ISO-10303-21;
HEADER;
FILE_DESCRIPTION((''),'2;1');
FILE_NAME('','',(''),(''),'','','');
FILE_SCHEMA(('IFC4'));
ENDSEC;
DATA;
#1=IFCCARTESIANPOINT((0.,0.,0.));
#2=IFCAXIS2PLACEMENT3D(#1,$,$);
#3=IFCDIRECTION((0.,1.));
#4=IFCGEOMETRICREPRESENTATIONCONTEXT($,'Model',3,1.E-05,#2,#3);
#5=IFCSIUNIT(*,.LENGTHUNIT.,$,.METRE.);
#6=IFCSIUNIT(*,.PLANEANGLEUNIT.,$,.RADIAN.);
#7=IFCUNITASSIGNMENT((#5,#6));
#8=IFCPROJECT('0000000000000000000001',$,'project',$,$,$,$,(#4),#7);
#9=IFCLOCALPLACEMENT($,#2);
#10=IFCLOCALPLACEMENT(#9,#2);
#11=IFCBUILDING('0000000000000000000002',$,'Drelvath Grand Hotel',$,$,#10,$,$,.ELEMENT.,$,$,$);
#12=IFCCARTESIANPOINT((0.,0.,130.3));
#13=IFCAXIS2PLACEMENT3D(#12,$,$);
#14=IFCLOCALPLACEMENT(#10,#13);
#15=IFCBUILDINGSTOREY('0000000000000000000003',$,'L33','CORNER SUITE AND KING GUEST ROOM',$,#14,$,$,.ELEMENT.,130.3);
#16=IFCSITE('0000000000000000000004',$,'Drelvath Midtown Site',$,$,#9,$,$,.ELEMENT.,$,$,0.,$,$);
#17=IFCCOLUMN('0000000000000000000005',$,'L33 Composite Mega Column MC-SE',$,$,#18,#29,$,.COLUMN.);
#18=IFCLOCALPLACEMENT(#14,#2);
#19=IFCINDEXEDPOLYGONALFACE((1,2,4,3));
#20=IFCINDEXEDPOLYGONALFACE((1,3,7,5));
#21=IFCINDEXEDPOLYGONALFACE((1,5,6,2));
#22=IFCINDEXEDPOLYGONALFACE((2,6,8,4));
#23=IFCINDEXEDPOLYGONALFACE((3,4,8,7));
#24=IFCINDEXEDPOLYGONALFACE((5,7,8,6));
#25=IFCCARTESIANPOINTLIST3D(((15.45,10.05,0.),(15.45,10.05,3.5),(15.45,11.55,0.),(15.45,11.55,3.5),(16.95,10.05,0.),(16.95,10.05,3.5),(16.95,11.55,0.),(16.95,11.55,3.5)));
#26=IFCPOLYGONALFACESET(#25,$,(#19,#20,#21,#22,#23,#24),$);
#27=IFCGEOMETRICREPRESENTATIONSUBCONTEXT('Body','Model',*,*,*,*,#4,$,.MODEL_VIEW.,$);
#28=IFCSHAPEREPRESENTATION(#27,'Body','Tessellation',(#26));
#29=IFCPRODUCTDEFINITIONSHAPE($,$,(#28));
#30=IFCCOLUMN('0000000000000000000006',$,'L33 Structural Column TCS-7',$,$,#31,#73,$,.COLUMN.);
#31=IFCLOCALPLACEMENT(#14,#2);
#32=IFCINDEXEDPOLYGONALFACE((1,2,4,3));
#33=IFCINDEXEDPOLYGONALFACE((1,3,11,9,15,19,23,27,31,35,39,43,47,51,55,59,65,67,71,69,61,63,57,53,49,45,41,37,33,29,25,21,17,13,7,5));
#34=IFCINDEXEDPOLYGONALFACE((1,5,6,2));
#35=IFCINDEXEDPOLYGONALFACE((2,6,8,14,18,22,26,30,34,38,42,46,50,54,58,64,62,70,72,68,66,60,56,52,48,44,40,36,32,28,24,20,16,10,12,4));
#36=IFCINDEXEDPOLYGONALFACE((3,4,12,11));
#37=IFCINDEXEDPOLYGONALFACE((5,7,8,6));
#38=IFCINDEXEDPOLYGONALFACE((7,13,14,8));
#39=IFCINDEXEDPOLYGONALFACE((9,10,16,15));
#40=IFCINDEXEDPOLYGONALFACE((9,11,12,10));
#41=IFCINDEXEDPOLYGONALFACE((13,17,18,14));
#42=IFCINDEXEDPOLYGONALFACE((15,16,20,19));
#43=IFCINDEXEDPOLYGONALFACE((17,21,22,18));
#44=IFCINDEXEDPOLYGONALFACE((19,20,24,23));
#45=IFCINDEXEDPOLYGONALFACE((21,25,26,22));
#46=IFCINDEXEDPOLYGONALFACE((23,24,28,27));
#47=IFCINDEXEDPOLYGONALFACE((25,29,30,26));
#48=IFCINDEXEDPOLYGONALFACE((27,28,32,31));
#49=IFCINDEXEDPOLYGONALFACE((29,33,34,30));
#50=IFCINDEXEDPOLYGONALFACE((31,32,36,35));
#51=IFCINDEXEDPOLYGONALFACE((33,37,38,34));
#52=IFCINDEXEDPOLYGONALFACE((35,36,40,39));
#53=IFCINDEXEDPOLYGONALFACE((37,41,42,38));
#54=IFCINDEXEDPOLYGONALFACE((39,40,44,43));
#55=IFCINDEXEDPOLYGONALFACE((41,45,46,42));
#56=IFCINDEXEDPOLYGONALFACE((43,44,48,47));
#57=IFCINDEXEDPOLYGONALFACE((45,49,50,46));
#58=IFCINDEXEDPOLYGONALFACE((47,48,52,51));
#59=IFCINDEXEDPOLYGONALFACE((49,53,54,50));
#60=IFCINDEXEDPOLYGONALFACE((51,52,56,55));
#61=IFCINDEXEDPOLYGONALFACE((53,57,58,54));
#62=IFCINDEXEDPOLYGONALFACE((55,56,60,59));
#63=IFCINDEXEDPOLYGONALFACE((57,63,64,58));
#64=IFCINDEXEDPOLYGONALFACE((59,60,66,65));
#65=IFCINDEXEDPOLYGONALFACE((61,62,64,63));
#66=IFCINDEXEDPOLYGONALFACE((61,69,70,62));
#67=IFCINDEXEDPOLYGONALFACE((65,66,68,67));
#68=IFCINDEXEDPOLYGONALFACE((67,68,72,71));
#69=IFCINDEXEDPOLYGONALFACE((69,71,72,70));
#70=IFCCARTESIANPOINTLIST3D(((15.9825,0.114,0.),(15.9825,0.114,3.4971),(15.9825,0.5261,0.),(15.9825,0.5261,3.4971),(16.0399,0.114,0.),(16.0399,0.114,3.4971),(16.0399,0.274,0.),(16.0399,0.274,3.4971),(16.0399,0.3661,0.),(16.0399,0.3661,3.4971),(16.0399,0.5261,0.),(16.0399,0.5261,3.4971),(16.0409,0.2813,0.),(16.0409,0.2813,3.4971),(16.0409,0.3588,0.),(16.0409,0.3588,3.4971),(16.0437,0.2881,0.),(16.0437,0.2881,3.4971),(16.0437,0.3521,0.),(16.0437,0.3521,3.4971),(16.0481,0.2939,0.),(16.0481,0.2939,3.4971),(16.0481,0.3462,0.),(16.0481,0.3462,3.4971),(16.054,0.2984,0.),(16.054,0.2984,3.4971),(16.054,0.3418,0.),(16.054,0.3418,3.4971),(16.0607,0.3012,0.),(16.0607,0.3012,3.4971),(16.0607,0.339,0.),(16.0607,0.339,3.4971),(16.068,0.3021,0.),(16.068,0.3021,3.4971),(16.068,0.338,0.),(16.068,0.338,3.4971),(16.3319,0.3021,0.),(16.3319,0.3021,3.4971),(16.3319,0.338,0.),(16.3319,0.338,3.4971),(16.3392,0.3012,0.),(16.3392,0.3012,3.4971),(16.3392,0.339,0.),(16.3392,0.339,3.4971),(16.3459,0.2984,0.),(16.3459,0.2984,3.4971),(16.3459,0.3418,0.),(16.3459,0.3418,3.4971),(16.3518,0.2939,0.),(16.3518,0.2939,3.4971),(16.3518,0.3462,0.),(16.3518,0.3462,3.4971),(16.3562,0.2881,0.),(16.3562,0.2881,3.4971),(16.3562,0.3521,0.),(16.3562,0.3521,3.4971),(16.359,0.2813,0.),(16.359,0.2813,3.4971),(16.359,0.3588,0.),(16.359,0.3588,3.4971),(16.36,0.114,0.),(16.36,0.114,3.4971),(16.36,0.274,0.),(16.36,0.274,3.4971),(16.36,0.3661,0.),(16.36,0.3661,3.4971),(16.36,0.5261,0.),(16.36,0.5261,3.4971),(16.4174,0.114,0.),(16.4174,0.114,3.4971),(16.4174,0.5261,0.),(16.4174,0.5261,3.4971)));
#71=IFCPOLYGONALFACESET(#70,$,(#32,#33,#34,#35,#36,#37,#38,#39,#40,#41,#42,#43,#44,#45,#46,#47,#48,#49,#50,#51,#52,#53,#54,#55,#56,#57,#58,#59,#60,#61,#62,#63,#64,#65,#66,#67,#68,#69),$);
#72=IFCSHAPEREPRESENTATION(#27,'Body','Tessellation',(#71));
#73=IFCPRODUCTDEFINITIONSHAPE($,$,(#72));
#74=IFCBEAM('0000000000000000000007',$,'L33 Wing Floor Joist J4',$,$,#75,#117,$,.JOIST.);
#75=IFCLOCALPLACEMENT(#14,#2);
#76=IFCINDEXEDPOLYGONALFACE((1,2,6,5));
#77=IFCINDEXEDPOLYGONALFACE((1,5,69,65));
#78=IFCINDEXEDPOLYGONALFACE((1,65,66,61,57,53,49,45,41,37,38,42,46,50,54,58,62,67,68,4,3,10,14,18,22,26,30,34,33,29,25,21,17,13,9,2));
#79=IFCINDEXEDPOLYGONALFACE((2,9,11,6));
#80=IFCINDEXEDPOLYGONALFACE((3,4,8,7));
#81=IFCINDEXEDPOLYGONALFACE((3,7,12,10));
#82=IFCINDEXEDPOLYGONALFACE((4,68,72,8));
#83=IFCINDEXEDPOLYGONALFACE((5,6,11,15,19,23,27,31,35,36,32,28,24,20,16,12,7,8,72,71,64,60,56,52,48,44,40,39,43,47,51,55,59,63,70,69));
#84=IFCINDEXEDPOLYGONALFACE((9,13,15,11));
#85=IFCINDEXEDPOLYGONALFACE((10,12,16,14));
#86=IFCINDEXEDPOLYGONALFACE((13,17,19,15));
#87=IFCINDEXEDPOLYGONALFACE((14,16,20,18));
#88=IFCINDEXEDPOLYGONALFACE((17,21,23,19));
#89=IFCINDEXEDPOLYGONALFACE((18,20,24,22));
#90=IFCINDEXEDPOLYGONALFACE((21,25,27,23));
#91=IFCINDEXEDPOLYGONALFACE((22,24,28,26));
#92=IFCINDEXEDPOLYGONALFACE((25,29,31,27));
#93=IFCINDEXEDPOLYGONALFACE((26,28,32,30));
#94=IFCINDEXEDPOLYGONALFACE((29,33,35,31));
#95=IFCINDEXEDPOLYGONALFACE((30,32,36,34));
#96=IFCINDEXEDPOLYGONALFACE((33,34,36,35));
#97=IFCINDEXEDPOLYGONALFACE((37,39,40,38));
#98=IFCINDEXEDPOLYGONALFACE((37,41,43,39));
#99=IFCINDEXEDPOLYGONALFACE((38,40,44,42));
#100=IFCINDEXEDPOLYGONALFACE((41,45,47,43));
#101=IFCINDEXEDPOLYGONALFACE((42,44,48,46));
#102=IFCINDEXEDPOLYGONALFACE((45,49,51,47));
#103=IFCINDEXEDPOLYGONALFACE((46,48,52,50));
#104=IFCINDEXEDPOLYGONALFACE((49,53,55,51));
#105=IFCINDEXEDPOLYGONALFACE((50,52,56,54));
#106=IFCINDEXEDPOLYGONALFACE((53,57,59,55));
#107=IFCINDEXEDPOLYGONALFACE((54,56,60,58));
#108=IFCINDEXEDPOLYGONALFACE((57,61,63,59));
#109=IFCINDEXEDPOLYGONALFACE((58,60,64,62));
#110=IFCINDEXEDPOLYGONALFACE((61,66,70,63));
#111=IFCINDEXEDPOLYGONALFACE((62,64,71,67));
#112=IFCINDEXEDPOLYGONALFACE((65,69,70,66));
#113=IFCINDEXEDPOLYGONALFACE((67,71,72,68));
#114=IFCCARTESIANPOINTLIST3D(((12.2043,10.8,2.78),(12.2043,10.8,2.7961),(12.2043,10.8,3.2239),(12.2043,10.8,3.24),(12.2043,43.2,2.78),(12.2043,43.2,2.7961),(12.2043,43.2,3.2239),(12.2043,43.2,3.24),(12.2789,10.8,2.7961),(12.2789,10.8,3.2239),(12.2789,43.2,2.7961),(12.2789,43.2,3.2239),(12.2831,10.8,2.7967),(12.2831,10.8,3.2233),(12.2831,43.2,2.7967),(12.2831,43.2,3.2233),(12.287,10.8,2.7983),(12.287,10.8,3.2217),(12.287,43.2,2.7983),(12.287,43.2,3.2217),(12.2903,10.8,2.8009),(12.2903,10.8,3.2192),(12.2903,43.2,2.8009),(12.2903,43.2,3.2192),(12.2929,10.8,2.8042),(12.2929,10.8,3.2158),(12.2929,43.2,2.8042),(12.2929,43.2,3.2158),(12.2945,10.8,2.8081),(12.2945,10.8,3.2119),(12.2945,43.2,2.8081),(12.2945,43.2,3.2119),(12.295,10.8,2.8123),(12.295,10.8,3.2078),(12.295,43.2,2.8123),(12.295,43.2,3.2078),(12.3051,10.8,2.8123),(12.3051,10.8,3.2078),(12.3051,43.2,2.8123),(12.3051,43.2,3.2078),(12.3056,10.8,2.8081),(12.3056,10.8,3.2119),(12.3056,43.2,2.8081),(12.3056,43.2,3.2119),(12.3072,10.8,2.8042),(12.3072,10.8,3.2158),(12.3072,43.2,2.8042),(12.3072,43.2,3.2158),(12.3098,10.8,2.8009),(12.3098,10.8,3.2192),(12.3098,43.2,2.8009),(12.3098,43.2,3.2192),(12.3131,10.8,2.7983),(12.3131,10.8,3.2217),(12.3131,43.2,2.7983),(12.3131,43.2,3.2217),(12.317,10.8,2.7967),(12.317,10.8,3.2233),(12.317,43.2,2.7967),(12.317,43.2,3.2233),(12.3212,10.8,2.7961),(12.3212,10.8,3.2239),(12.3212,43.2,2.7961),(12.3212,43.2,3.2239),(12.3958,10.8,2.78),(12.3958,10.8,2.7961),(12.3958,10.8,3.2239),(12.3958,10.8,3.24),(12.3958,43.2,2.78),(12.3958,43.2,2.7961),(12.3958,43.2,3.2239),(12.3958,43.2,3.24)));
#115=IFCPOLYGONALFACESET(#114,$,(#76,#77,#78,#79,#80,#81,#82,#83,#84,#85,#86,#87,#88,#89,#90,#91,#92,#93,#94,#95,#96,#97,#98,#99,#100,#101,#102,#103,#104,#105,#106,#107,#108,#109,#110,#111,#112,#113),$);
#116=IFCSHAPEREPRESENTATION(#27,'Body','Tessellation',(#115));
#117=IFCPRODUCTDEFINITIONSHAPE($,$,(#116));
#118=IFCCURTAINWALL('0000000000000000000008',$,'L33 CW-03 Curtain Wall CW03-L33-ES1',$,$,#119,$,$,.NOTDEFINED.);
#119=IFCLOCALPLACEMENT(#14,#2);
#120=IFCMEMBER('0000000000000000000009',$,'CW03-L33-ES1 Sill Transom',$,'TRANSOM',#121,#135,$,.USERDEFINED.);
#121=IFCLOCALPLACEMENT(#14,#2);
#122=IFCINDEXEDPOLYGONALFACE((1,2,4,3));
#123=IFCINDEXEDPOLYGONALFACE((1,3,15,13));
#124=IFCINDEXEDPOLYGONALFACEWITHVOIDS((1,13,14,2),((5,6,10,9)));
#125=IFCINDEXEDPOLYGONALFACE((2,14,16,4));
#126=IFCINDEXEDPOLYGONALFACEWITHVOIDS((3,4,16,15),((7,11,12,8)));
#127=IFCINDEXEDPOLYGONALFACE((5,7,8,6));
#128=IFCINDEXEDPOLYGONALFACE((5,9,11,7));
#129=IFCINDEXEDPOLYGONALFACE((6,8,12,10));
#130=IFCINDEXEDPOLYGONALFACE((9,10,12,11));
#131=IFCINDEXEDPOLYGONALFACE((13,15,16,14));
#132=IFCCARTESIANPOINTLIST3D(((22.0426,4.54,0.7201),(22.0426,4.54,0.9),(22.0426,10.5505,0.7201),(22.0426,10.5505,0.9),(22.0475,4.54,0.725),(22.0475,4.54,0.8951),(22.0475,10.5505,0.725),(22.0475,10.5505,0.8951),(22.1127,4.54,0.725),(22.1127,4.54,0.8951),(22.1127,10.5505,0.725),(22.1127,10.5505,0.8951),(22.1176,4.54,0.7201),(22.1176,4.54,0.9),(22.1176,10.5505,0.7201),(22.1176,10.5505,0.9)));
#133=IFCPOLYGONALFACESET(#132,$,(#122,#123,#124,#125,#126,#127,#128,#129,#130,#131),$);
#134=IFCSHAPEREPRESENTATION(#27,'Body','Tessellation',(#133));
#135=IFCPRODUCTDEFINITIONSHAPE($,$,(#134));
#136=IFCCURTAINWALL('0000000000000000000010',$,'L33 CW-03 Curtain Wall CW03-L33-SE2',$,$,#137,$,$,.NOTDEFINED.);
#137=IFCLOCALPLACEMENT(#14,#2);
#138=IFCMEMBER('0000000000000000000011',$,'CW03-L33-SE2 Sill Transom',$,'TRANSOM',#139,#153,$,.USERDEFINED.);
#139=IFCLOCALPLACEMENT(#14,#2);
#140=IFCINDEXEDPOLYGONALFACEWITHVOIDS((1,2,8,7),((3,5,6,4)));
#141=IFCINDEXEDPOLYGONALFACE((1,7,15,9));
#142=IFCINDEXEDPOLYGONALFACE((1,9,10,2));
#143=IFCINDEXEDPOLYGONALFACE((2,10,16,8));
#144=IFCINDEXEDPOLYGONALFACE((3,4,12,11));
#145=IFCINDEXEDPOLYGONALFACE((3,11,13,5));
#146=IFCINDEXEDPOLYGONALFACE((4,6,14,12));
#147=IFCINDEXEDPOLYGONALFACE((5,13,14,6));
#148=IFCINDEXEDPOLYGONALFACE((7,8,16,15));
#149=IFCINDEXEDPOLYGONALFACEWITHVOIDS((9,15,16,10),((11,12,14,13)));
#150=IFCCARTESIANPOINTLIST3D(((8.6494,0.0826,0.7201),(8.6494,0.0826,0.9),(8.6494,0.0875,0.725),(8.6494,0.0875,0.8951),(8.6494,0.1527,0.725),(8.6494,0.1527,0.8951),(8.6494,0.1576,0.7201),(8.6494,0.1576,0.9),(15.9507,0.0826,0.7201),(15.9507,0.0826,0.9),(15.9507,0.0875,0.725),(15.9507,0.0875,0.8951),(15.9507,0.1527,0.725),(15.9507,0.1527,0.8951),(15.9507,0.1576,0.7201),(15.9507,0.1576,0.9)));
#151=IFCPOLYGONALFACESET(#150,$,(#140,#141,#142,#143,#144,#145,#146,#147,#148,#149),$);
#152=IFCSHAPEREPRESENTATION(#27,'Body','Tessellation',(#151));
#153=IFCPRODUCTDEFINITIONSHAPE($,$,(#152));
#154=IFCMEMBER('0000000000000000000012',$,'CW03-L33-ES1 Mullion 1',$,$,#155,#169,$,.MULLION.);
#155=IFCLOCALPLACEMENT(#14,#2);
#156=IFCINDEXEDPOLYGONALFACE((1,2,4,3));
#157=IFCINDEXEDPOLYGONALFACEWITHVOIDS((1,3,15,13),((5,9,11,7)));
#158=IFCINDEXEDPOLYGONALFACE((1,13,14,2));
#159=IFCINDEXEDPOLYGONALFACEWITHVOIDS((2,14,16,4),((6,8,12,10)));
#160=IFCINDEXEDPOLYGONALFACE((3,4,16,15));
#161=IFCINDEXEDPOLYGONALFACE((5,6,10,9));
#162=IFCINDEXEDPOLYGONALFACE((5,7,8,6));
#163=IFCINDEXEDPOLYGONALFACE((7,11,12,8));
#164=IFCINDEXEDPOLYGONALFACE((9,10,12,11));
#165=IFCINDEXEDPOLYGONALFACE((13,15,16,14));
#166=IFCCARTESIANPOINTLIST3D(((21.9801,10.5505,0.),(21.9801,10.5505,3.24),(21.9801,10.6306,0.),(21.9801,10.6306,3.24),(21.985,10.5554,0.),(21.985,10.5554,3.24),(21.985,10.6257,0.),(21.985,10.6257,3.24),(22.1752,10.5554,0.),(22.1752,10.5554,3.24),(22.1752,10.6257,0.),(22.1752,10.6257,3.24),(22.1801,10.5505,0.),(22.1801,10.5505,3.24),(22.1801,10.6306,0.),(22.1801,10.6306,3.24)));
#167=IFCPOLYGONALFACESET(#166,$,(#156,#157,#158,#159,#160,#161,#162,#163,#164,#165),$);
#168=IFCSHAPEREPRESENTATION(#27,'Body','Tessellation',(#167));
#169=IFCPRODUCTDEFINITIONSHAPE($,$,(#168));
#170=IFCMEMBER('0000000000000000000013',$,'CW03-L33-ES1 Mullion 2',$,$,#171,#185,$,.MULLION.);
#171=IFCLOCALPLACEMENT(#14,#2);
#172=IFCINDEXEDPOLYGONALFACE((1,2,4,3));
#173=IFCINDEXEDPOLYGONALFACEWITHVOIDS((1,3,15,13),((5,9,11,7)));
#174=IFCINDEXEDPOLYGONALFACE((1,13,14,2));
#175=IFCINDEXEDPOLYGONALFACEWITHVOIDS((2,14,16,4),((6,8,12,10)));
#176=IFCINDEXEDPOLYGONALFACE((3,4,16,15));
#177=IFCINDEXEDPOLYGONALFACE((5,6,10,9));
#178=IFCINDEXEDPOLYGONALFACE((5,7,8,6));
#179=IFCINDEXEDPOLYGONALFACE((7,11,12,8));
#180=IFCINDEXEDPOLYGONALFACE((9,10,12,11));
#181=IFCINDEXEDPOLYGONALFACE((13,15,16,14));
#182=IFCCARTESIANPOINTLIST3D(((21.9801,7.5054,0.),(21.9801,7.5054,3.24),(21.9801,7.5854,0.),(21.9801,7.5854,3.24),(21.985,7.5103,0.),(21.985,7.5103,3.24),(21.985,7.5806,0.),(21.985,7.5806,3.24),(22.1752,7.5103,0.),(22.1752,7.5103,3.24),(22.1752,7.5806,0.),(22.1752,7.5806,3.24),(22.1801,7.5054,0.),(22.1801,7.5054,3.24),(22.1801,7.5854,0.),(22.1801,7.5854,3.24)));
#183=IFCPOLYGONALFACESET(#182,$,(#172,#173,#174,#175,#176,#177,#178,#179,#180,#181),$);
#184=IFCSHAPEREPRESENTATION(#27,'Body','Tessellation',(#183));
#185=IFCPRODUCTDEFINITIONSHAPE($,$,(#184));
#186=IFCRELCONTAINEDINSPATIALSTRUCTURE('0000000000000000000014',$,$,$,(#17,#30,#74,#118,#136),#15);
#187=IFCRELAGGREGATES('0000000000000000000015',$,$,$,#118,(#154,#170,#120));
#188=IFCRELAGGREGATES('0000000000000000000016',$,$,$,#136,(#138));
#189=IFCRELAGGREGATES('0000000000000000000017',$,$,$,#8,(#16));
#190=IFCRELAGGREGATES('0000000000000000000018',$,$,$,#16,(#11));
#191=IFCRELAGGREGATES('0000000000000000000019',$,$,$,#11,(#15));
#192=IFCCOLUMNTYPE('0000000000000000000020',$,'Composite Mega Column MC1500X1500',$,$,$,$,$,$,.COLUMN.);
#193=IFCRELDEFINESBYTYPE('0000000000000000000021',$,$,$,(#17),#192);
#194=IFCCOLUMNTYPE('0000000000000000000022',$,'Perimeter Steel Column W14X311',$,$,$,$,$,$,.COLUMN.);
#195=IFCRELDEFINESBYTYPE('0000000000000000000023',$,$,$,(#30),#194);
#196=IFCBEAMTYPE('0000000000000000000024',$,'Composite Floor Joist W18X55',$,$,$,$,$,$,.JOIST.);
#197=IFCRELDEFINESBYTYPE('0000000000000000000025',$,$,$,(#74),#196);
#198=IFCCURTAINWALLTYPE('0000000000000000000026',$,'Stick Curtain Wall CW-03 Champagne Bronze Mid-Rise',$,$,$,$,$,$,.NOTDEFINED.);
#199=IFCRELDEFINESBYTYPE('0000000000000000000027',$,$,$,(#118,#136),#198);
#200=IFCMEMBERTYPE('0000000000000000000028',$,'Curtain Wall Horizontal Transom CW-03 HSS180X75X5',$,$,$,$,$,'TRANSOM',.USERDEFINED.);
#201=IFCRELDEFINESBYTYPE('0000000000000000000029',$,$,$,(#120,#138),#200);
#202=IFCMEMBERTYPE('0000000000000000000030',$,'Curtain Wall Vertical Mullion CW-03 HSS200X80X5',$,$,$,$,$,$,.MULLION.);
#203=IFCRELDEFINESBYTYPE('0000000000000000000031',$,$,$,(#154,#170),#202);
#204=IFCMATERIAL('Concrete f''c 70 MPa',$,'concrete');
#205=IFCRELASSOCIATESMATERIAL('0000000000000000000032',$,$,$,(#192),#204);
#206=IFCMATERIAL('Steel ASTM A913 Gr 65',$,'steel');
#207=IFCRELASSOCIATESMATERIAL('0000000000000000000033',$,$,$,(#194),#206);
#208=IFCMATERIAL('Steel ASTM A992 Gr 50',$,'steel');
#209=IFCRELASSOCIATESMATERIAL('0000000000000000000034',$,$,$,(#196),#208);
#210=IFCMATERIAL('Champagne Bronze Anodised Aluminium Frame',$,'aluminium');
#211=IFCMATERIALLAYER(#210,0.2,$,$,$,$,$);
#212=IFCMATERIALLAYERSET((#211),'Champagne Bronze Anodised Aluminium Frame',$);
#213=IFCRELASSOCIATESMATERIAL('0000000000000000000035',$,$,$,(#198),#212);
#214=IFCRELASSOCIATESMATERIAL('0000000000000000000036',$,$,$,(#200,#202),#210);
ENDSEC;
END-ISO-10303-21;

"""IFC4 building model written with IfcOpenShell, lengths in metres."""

from ifc_helpers import new_model, si_unit, direction, frame, origin, origin_2d, place, context, subcontext, project, spatial, rectangle, hollow_rectangle, i_section, extrude, material, layer, layer_set, material_profile, profile_set, type_object, element, aggregate, save


model = new_model("IFC4")

# Units and contexts
model_context = context("Model", 3, precision=1e-05, world=origin(), true_north=direction((0.0, 1.0)))
body_context = subcontext(model_context, "Body", "Model", "MODEL_VIEW")
ifc_project = project(units=[si_unit("LENGTHUNIT", "METRE"), si_unit("PLANEANGLEUNIT", "RADIAN")], contexts=[model_context])

# Site, building, storey
site_placement = place(None, origin())
site = spatial("IfcSite", under=ifc_project, at=site_placement, Name="Drelvath Midtown Site", CompositionType="ELEMENT", RefElevation=0.0)
building_placement = place(site_placement, origin())
building = spatial("IfcBuilding", under=site, at=building_placement, Name="Drelvath Grand Hotel", CompositionType="ELEMENT")
storey_placement = place(building_placement, frame((0.0, 0.0, 130.3)))
storey = spatial("IfcBuildingStorey", under=building, at=storey_placement, Name="L33", Description="CORNER SUITE AND KING GUEST ROOM", CompositionType="ELEMENT", Elevation=130.3)

# Columns
ifc_material_1 = material(Name="Concrete f'c 70 MPa", Category="concrete")
ifc_material_profile_1 = material_profile(ifc_material_1, rectangle(XDim=1.5, YDim=1.5, at=origin_2d()), Name="MC1500X1500")
ifc_profile_set_1 = profile_set([ifc_material_profile_1], Name="Concrete f'c 70 MPa")
column_type_1 = type_object("IfcColumnType", Name="Composite Mega Column MC1500X1500", PredefinedType="COLUMN", material=ifc_profile_set_1)
column_1_placement = place(storey_placement, frame((16.2, 10.8, 0.0), z_axis=(0.0, 0.0, 1.0), x_axis=(1.0, 0.0, 0.0)))
element("IfcColumn", 1, at=column_1_placement, inside=storey, type_object=column_type_1, Name="L33 Composite Mega Column MC-SE", PredefinedType="COLUMN", context=body_context, shape_type="SweptSolid", body=[
    extrude(rectangle(XDim=1.5, YDim=1.5, at=origin_2d()), origin(), (0.0, 0.0, 1.0), 3.5),
])
ifc_material_2 = material(Name="Steel ASTM A913 Gr 65", Category="steel")
ifc_material_profile_2 = material_profile(ifc_material_2, i_section(OverallWidth=0.4121, OverallDepth=0.4348, WebThickness=0.0359, FlangeThickness=0.0574, FilletRadius=0.0281, at=origin_2d()), Name="W14X311")
ifc_profile_set_2 = profile_set([ifc_material_profile_2], Name="Steel ASTM A913 Gr 65")
column_type_2 = type_object("IfcColumnType", Name="Perimeter Steel Column W14X311", PredefinedType="COLUMN", material=ifc_profile_set_2)
column_2_placement = place(storey_placement, frame((16.2, 0.3201, 0.0), z_axis=(0.0, 0.0, 1.0), x_axis=(0.0, 1.0, 0.0)))
element("IfcColumn", 2, at=column_2_placement, inside=storey, type_object=column_type_2, Name="L33 Structural Column TCS-7", PredefinedType="COLUMN", context=body_context, shape_type="SweptSolid", body=[
    extrude(i_section(OverallWidth=0.4121, OverallDepth=0.4348, WebThickness=0.0359, FlangeThickness=0.0574, FilletRadius=0.0281, at=origin_2d()), origin(), (0.0, 0.0, 1.0), 3.4971),
])

# Beam
ifc_material_3 = material(Name="Steel ASTM A992 Gr 50", Category="steel")
ifc_material_profile_3 = material_profile(ifc_material_3, i_section(OverallWidth=0.1914, OverallDepth=0.46, WebThickness=0.01, FlangeThickness=0.0161, FilletRadius=0.0161, at=origin_2d()), Name="W18X55")
ifc_profile_set_3 = profile_set([ifc_material_profile_3], Name="Steel ASTM A992 Gr 50")
beam_type_1 = type_object("IfcBeamType", Name="Composite Floor Joist W18X55", PredefinedType="JOIST", material=ifc_profile_set_3)
beam_1_placement = place(storey_placement, frame((12.3, 10.8, 3.01), z_axis=(0.0, 1.0, 0.0), x_axis=(-1.0, 0.0, 0.0)))
element("IfcBeam", 3, at=beam_1_placement, inside=storey, type_object=beam_type_1, Name="L33 Wing Floor Joist J4", PredefinedType="JOIST", context=body_context, shape_type="SweptSolid", body=[
    extrude(i_section(OverallWidth=0.1914, OverallDepth=0.46, WebThickness=0.01, FlangeThickness=0.0161, FilletRadius=0.0161, at=origin_2d()), origin(), (0.0, 0.0, 1.0), 32.3999),
])

# Curtain walls, members
ifc_material_4 = material(Name="Champagne Bronze Anodised Aluminium Frame", Category="aluminium")
ifc_layer_1 = layer(ifc_material_4, 0.2)
ifc_layer_set_1 = layer_set([ifc_layer_1], Name="Champagne Bronze Anodised Aluminium Frame")
curtain_wall_type = type_object("IfcCurtainWallType", Name="Stick Curtain Wall CW-03 Champagne Bronze Mid-Rise", PredefinedType="NOTDEFINED", material=ifc_layer_set_1)
curtain_wall_1_placement = place(storey_placement, origin())
curtain_wall_1 = element("IfcCurtainWall", 4, at=curtain_wall_1_placement, inside=storey, type_object=curtain_wall_type, Name="L33 CW-03 Curtain Wall CW03-L33-ES1", PredefinedType="NOTDEFINED")
ifc_material_profile_4 = material_profile(ifc_material_4, hollow_rectangle(XDim=0.075, YDim=0.1799, WallThickness=0.0049, at=origin_2d()), Name="HSS180X75X5")
ifc_profile_set_4 = profile_set([ifc_material_profile_4], Name="Champagne Bronze Anodised Aluminium Frame")
member_type_1 = type_object("IfcMemberType", Name="Curtain Wall Horizontal Transom CW-03 HSS180X75X5", ElementType="TRANSOM", PredefinedType="USERDEFINED", material=ifc_profile_set_4)
member_1_placement = place(storey_placement, frame((22.0801, 10.5505, 0.8101), z_axis=(0.0, -1.0, 0.0), x_axis=(1.0, 0.0, 0.0)))
member_1 = element("IfcMember", 5, at=member_1_placement, type_object=member_type_1, Name="CW03-L33-ES1 Sill Transom", ObjectType="TRANSOM", PredefinedType="USERDEFINED", context=body_context, shape_type="SweptSolid", body=[
    extrude(hollow_rectangle(XDim=0.075, YDim=0.1799, WallThickness=0.0049, at=origin_2d()), origin(), (0.0, 0.0, 1.0), 6.0105),
])
curtain_wall_2_placement = place(storey_placement, origin())
curtain_wall_2 = element("IfcCurtainWall", 6, at=curtain_wall_2_placement, inside=storey, type_object=curtain_wall_type, Name="L33 CW-03 Curtain Wall CW03-L33-SE2", PredefinedType="NOTDEFINED")
member_2_placement = place(storey_placement, frame((15.9507, 0.1201, 0.8101), z_axis=(-1.0, 0.0, 0.0), x_axis=(0.0, -1.0, 0.0)))
member_2 = element("IfcMember", 7, at=member_2_placement, type_object=member_type_1, Name="CW03-L33-SE2 Sill Transom", ObjectType="TRANSOM", PredefinedType="USERDEFINED", context=body_context, shape_type="SweptSolid", body=[
    extrude(hollow_rectangle(XDim=0.075, YDim=0.1799, WallThickness=0.0049, at=origin_2d()), origin(), (0.0, 0.0, 1.0), 7.3013),
])

# Members
ifc_material_profile_5 = material_profile(ifc_material_4, hollow_rectangle(XDim=0.0801, YDim=0.2, WallThickness=0.0049, at=origin_2d()), Name="HSS200X80X5")
ifc_profile_set_5 = profile_set([ifc_material_profile_5], Name="Champagne Bronze Anodised Aluminium Frame")
member_type_2 = type_object("IfcMemberType", Name="Curtain Wall Vertical Mullion CW-03 HSS200X80X5", PredefinedType="MULLION", material=ifc_profile_set_5)
member_3_placement = place(storey_placement, frame((22.0801, 10.5906, 0.0), z_axis=(0.0, 0.0, 1.0), x_axis=(0.0, 1.0, 0.0)))
member_3 = element("IfcMember", 8, at=member_3_placement, type_object=member_type_2, Name="CW03-L33-ES1 Mullion 1", PredefinedType="MULLION", context=body_context, shape_type="SweptSolid", body=[
    extrude(hollow_rectangle(XDim=0.0801, YDim=0.2, WallThickness=0.0049, at=origin_2d()), origin(), (0.0, 0.0, 1.0), 3.24),
])
member_4_placement = place(storey_placement, frame((22.0801, 7.5454, 0.0), z_axis=(0.0, 0.0, 1.0), x_axis=(0.0, 1.0, 0.0)))
member_4 = element("IfcMember", 9, at=member_4_placement, type_object=member_type_2, Name="CW03-L33-ES1 Mullion 2", PredefinedType="MULLION", context=body_context, shape_type="SweptSolid", body=[
    extrude(hollow_rectangle(XDim=0.0801, YDim=0.2, WallThickness=0.0049, at=origin_2d()), origin(), (0.0, 0.0, 1.0), 3.24),
])

aggregate(curtain_wall_1, [member_3, member_4, member_1])
aggregate(curtain_wall_2, [member_2])

save(model, "model.ifc")
